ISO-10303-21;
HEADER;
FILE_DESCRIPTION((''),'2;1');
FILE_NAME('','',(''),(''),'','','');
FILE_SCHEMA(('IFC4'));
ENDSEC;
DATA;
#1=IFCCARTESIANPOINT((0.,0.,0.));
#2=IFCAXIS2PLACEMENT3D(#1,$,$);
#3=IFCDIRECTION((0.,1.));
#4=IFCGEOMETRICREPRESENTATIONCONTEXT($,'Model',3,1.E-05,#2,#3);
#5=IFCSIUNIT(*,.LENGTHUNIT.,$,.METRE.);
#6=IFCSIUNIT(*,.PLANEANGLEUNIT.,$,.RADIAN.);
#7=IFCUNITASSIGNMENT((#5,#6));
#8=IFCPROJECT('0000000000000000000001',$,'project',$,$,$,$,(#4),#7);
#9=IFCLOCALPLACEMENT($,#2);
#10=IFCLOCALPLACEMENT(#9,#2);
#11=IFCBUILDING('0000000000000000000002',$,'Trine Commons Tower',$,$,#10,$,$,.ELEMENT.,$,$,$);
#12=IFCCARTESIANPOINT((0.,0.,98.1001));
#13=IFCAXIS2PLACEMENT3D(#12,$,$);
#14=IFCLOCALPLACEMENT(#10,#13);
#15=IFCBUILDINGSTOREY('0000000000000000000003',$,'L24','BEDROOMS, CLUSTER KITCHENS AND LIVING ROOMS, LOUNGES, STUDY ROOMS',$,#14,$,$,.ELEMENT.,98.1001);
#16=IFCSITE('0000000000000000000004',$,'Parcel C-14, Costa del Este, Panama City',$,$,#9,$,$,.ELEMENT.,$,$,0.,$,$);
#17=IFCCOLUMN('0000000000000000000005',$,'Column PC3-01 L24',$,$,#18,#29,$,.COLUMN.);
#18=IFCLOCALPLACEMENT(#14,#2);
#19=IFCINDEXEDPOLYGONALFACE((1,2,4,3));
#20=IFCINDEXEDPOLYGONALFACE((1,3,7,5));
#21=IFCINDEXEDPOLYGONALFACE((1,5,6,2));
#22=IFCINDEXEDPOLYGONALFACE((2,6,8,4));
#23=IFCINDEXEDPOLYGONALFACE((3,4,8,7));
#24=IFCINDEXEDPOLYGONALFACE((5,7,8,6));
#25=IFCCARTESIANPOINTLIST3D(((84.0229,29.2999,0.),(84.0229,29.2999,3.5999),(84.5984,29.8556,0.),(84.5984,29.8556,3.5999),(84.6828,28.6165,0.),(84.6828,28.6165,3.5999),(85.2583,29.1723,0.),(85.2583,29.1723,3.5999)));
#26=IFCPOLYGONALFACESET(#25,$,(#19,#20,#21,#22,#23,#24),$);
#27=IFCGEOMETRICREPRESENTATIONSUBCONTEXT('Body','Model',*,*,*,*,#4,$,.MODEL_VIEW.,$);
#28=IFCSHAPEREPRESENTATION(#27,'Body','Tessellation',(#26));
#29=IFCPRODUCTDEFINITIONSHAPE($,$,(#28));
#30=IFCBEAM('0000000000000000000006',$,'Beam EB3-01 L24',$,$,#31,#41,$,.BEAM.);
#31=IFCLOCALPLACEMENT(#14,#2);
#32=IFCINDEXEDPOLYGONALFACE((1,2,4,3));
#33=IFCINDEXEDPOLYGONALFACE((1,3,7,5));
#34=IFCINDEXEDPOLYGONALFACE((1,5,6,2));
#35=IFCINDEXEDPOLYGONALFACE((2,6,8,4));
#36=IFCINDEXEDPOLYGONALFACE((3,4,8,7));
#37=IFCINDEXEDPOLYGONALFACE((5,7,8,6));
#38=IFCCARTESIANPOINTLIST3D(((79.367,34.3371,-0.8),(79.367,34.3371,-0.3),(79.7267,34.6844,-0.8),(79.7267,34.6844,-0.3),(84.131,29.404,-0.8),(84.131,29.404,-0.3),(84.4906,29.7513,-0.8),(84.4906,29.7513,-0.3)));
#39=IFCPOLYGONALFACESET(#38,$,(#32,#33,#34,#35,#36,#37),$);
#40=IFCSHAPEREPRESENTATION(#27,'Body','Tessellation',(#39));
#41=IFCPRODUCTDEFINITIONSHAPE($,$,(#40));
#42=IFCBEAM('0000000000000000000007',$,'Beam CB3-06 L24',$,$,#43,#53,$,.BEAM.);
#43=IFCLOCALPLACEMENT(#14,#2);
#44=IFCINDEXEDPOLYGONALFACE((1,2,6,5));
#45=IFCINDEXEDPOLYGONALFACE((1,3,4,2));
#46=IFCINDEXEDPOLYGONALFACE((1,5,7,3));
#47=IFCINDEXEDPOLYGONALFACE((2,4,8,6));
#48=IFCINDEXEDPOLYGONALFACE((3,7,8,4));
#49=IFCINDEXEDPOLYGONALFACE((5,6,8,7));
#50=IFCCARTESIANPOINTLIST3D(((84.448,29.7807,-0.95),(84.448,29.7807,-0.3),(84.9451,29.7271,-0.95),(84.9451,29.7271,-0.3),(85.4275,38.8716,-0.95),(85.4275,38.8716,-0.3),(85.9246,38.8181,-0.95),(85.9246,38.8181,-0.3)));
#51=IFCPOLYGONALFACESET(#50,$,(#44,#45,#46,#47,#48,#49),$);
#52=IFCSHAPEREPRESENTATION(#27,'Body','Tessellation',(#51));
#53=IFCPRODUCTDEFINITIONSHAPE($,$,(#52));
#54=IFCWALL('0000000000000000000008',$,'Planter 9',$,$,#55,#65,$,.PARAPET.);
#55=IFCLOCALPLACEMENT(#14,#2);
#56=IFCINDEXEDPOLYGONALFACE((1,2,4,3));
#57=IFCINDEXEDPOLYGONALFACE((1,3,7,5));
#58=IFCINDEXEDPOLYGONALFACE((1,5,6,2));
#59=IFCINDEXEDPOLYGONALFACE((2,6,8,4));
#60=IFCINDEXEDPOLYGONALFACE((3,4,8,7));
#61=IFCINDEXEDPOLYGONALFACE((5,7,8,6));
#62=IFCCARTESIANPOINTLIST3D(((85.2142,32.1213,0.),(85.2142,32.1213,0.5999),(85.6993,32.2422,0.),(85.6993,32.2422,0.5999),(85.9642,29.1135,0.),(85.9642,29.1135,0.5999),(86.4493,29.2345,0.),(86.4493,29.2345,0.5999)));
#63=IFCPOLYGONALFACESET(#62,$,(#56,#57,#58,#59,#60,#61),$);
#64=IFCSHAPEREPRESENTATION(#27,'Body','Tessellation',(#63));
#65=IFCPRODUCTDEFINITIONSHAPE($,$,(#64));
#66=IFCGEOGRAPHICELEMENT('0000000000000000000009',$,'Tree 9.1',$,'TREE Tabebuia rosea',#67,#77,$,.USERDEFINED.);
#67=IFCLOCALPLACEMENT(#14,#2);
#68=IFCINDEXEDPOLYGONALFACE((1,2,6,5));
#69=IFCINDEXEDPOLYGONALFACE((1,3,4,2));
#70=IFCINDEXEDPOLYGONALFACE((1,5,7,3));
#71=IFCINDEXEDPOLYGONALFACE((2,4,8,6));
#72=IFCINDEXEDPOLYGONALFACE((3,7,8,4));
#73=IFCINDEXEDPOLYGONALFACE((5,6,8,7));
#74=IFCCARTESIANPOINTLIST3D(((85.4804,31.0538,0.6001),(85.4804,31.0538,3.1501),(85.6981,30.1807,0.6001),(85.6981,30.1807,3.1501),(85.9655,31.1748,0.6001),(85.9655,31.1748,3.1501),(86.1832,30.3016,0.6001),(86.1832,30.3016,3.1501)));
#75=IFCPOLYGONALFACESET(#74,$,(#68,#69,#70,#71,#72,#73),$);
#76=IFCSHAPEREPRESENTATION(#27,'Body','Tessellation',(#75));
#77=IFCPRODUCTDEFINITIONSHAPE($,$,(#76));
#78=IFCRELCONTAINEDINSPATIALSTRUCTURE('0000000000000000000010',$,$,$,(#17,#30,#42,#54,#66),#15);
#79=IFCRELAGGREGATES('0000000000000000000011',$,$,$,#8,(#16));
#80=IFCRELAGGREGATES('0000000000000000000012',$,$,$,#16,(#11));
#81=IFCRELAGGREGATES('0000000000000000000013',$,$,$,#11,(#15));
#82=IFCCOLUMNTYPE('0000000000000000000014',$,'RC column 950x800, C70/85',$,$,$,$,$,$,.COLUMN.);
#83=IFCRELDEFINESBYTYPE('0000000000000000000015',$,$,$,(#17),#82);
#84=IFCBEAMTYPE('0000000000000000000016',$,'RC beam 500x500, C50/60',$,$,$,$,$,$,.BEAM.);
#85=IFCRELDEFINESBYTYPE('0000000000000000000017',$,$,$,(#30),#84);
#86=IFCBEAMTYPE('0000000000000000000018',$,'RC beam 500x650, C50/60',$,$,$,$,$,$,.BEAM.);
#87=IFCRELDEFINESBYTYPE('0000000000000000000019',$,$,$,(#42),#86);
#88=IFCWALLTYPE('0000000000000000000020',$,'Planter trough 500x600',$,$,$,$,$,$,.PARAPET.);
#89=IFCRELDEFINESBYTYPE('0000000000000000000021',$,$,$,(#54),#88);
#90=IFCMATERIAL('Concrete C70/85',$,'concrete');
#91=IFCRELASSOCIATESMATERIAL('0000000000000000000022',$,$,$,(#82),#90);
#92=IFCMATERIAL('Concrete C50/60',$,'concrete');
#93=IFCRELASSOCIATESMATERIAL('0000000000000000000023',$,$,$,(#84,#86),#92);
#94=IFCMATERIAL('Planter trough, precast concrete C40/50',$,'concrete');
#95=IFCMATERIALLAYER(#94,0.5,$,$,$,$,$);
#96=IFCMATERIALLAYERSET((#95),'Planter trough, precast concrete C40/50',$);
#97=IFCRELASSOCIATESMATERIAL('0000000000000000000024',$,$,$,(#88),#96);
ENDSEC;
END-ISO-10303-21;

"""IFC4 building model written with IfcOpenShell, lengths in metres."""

from ifc_helpers import new_model, si_unit, direction, frame, frame_2d, origin, origin_2d, place, context, subcontext, project, spatial, rectangle, extrude, material, layer, layer_set, material_profile, profile_set, type_object, element, save


model = new_model("IFC4")

# Units and contexts
model_context = context("Model", 3, precision=1e-05, world=origin(), true_north=direction((0.0, 1.0)))
body_context = subcontext(model_context, "Body", "Model", "MODEL_VIEW")
ifc_project = project(units=[si_unit("LENGTHUNIT", "METRE"), si_unit("PLANEANGLEUNIT", "RADIAN")], contexts=[model_context])

# Site, building, storey
site_placement = place(None, origin())
site = spatial("IfcSite", under=ifc_project, at=site_placement, Name="Parcel C-14, Costa del Este, Panama City", CompositionType="ELEMENT", RefElevation=0.0)
building_placement = place(site_placement, origin())
building = spatial("IfcBuilding", under=site, at=building_placement, Name="Trine Commons Tower", CompositionType="ELEMENT")
storey_placement = place(building_placement, frame((0.0, 0.0, 98.1001)))
storey = spatial("IfcBuildingStorey", under=building, at=storey_placement, Name="L24", Description="BEDROOMS, CLUSTER KITCHENS AND LIVING ROOMS, LOUNGES, STUDY ROOMS", CompositionType="ELEMENT", Elevation=98.1001)

# Column
ifc_material_1 = material(Name="Concrete C70/85", Category="concrete")
ifc_material_profile_1 = material_profile(ifc_material_1, rectangle(XDim=0.95, YDim=0.8, at=origin_2d()), Name="RC 950x800")
ifc_profile_set_1 = profile_set([ifc_material_profile_1], Name="Concrete C70/85")
column_type = type_object("IfcColumnType", Name="RC column 950x800, C70/85", PredefinedType="COLUMN", material=ifc_profile_set_1)
column_placement = place(storey_placement, frame((84.6406, 29.2361, 0.0), z_axis=(0.0, 0.0, 1.0), x_axis=(-0.694658, 0.71934, 0.0)))
element("IfcColumn", 1, at=column_placement, inside=storey, type_object=column_type, Name="Column PC3-01 L24", PredefinedType="COLUMN", context=body_context, shape_type="SweptSolid", body=[
    extrude(rectangle(XDim=0.95, YDim=0.8, at=origin_2d()), origin(), (0.0, 0.0, 1.0), 3.5999),
])

# Beams
ifc_material_2 = material(Name="Concrete C50/60", Category="concrete")
ifc_material_profile_2 = material_profile(ifc_material_2, rectangle(XDim=0.5, YDim=0.5, at=origin_2d()), Name="RC 500x500")
ifc_profile_set_2 = profile_set([ifc_material_profile_2], Name="Concrete C50/60")
beam_type_1 = type_object("IfcBeamType", Name="RC beam 500x500, C50/60", PredefinedType="BEAM", material=ifc_profile_set_2)
beam_1_placement = place(storey_placement, frame((84.3108, 29.5776, -0.55), z_axis=(-0.694664, 0.719335, 0.0), x_axis=(-0.719335, -0.694664, 0.0)))
element("IfcBeam", 2, at=beam_1_placement, inside=storey, type_object=beam_type_1, Name="Beam EB3-01 L24", PredefinedType="BEAM", context=body_context, shape_type="SweptSolid", body=[
    extrude(rectangle(XDim=0.5, YDim=0.5, at=origin_2d()), origin(), (0.0, 0.0, 1.0), 6.8579),
])
ifc_material_profile_3 = material_profile(ifc_material_2, rectangle(XDim=0.5, YDim=0.6499, at=origin_2d()), Name="RC 500x650")
ifc_profile_set_3 = profile_set([ifc_material_profile_3], Name="Concrete C50/60")
beam_type_2 = type_object("IfcBeamType", Name="RC beam 500x650, C50/60", PredefinedType="BEAM", material=ifc_profile_set_3)
beam_2_placement = place(storey_placement, frame((84.6965, 29.7539, -0.625), z_axis=(0.107125, 0.994246, 0.0), x_axis=(-0.994246, 0.107125, 0.0)))
element("IfcBeam", 3, at=beam_2_placement, inside=storey, type_object=beam_type_2, Name="Beam CB3-06 L24", PredefinedType="BEAM", context=body_context, shape_type="SweptSolid", body=[
    extrude(rectangle(XDim=0.5, YDim=0.6499, at=origin_2d()), origin(), (0.0, 0.0, 1.0), 9.1436),
])

# Wall
ifc_material_3 = material(Name="Planter trough, precast concrete C40/50", Category="concrete")
ifc_layer_1 = layer(ifc_material_3, 0.5)
ifc_layer_set_1 = layer_set([ifc_layer_1], Name="Planter trough, precast concrete C40/50")
wall_type_1 = type_object("IfcWallType", Name="Planter trough 500x600", PredefinedType="PARAPET", material=ifc_layer_set_1)
wall_1_placement = place(storey_placement, frame((85.4568, 32.1816, 0.0), z_axis=(0.0, 0.0, 1.0), x_axis=(0.241943, -0.970291, 0.0)))
element("IfcWall", 4, at=wall_1_placement, inside=storey, type_object=wall_type_1, Name="Planter 9", PredefinedType="PARAPET", context=body_context, shape_type="SweptSolid", body=[
    extrude(rectangle(XDim=3.0999, YDim=0.5, at=frame_2d((1.5498, 0.0))), origin(), (0.0, 0.0, 1.0), 0.5999),
])

# Geographic element
geographic_element_placement = place(storey_placement, frame((85.8318, 30.6777, 0.6001), z_axis=(0.0, 0.0, 1.0), x_axis=(0.241908, -0.970299, 0.0)))
element("IfcGeographicElement", 5, at=geographic_element_placement, inside=storey, Name="Tree 9.1", ObjectType="TREE Tabebuia rosea", PredefinedType="USERDEFINED", context=body_context, shape_type="SweptSolid", body=[
    extrude(rectangle(XDim=0.8999, YDim=0.5, at=origin_2d()), origin(), (0.0, 0.0, 1.0), 2.55),
])

save(model, "model.ifc")
